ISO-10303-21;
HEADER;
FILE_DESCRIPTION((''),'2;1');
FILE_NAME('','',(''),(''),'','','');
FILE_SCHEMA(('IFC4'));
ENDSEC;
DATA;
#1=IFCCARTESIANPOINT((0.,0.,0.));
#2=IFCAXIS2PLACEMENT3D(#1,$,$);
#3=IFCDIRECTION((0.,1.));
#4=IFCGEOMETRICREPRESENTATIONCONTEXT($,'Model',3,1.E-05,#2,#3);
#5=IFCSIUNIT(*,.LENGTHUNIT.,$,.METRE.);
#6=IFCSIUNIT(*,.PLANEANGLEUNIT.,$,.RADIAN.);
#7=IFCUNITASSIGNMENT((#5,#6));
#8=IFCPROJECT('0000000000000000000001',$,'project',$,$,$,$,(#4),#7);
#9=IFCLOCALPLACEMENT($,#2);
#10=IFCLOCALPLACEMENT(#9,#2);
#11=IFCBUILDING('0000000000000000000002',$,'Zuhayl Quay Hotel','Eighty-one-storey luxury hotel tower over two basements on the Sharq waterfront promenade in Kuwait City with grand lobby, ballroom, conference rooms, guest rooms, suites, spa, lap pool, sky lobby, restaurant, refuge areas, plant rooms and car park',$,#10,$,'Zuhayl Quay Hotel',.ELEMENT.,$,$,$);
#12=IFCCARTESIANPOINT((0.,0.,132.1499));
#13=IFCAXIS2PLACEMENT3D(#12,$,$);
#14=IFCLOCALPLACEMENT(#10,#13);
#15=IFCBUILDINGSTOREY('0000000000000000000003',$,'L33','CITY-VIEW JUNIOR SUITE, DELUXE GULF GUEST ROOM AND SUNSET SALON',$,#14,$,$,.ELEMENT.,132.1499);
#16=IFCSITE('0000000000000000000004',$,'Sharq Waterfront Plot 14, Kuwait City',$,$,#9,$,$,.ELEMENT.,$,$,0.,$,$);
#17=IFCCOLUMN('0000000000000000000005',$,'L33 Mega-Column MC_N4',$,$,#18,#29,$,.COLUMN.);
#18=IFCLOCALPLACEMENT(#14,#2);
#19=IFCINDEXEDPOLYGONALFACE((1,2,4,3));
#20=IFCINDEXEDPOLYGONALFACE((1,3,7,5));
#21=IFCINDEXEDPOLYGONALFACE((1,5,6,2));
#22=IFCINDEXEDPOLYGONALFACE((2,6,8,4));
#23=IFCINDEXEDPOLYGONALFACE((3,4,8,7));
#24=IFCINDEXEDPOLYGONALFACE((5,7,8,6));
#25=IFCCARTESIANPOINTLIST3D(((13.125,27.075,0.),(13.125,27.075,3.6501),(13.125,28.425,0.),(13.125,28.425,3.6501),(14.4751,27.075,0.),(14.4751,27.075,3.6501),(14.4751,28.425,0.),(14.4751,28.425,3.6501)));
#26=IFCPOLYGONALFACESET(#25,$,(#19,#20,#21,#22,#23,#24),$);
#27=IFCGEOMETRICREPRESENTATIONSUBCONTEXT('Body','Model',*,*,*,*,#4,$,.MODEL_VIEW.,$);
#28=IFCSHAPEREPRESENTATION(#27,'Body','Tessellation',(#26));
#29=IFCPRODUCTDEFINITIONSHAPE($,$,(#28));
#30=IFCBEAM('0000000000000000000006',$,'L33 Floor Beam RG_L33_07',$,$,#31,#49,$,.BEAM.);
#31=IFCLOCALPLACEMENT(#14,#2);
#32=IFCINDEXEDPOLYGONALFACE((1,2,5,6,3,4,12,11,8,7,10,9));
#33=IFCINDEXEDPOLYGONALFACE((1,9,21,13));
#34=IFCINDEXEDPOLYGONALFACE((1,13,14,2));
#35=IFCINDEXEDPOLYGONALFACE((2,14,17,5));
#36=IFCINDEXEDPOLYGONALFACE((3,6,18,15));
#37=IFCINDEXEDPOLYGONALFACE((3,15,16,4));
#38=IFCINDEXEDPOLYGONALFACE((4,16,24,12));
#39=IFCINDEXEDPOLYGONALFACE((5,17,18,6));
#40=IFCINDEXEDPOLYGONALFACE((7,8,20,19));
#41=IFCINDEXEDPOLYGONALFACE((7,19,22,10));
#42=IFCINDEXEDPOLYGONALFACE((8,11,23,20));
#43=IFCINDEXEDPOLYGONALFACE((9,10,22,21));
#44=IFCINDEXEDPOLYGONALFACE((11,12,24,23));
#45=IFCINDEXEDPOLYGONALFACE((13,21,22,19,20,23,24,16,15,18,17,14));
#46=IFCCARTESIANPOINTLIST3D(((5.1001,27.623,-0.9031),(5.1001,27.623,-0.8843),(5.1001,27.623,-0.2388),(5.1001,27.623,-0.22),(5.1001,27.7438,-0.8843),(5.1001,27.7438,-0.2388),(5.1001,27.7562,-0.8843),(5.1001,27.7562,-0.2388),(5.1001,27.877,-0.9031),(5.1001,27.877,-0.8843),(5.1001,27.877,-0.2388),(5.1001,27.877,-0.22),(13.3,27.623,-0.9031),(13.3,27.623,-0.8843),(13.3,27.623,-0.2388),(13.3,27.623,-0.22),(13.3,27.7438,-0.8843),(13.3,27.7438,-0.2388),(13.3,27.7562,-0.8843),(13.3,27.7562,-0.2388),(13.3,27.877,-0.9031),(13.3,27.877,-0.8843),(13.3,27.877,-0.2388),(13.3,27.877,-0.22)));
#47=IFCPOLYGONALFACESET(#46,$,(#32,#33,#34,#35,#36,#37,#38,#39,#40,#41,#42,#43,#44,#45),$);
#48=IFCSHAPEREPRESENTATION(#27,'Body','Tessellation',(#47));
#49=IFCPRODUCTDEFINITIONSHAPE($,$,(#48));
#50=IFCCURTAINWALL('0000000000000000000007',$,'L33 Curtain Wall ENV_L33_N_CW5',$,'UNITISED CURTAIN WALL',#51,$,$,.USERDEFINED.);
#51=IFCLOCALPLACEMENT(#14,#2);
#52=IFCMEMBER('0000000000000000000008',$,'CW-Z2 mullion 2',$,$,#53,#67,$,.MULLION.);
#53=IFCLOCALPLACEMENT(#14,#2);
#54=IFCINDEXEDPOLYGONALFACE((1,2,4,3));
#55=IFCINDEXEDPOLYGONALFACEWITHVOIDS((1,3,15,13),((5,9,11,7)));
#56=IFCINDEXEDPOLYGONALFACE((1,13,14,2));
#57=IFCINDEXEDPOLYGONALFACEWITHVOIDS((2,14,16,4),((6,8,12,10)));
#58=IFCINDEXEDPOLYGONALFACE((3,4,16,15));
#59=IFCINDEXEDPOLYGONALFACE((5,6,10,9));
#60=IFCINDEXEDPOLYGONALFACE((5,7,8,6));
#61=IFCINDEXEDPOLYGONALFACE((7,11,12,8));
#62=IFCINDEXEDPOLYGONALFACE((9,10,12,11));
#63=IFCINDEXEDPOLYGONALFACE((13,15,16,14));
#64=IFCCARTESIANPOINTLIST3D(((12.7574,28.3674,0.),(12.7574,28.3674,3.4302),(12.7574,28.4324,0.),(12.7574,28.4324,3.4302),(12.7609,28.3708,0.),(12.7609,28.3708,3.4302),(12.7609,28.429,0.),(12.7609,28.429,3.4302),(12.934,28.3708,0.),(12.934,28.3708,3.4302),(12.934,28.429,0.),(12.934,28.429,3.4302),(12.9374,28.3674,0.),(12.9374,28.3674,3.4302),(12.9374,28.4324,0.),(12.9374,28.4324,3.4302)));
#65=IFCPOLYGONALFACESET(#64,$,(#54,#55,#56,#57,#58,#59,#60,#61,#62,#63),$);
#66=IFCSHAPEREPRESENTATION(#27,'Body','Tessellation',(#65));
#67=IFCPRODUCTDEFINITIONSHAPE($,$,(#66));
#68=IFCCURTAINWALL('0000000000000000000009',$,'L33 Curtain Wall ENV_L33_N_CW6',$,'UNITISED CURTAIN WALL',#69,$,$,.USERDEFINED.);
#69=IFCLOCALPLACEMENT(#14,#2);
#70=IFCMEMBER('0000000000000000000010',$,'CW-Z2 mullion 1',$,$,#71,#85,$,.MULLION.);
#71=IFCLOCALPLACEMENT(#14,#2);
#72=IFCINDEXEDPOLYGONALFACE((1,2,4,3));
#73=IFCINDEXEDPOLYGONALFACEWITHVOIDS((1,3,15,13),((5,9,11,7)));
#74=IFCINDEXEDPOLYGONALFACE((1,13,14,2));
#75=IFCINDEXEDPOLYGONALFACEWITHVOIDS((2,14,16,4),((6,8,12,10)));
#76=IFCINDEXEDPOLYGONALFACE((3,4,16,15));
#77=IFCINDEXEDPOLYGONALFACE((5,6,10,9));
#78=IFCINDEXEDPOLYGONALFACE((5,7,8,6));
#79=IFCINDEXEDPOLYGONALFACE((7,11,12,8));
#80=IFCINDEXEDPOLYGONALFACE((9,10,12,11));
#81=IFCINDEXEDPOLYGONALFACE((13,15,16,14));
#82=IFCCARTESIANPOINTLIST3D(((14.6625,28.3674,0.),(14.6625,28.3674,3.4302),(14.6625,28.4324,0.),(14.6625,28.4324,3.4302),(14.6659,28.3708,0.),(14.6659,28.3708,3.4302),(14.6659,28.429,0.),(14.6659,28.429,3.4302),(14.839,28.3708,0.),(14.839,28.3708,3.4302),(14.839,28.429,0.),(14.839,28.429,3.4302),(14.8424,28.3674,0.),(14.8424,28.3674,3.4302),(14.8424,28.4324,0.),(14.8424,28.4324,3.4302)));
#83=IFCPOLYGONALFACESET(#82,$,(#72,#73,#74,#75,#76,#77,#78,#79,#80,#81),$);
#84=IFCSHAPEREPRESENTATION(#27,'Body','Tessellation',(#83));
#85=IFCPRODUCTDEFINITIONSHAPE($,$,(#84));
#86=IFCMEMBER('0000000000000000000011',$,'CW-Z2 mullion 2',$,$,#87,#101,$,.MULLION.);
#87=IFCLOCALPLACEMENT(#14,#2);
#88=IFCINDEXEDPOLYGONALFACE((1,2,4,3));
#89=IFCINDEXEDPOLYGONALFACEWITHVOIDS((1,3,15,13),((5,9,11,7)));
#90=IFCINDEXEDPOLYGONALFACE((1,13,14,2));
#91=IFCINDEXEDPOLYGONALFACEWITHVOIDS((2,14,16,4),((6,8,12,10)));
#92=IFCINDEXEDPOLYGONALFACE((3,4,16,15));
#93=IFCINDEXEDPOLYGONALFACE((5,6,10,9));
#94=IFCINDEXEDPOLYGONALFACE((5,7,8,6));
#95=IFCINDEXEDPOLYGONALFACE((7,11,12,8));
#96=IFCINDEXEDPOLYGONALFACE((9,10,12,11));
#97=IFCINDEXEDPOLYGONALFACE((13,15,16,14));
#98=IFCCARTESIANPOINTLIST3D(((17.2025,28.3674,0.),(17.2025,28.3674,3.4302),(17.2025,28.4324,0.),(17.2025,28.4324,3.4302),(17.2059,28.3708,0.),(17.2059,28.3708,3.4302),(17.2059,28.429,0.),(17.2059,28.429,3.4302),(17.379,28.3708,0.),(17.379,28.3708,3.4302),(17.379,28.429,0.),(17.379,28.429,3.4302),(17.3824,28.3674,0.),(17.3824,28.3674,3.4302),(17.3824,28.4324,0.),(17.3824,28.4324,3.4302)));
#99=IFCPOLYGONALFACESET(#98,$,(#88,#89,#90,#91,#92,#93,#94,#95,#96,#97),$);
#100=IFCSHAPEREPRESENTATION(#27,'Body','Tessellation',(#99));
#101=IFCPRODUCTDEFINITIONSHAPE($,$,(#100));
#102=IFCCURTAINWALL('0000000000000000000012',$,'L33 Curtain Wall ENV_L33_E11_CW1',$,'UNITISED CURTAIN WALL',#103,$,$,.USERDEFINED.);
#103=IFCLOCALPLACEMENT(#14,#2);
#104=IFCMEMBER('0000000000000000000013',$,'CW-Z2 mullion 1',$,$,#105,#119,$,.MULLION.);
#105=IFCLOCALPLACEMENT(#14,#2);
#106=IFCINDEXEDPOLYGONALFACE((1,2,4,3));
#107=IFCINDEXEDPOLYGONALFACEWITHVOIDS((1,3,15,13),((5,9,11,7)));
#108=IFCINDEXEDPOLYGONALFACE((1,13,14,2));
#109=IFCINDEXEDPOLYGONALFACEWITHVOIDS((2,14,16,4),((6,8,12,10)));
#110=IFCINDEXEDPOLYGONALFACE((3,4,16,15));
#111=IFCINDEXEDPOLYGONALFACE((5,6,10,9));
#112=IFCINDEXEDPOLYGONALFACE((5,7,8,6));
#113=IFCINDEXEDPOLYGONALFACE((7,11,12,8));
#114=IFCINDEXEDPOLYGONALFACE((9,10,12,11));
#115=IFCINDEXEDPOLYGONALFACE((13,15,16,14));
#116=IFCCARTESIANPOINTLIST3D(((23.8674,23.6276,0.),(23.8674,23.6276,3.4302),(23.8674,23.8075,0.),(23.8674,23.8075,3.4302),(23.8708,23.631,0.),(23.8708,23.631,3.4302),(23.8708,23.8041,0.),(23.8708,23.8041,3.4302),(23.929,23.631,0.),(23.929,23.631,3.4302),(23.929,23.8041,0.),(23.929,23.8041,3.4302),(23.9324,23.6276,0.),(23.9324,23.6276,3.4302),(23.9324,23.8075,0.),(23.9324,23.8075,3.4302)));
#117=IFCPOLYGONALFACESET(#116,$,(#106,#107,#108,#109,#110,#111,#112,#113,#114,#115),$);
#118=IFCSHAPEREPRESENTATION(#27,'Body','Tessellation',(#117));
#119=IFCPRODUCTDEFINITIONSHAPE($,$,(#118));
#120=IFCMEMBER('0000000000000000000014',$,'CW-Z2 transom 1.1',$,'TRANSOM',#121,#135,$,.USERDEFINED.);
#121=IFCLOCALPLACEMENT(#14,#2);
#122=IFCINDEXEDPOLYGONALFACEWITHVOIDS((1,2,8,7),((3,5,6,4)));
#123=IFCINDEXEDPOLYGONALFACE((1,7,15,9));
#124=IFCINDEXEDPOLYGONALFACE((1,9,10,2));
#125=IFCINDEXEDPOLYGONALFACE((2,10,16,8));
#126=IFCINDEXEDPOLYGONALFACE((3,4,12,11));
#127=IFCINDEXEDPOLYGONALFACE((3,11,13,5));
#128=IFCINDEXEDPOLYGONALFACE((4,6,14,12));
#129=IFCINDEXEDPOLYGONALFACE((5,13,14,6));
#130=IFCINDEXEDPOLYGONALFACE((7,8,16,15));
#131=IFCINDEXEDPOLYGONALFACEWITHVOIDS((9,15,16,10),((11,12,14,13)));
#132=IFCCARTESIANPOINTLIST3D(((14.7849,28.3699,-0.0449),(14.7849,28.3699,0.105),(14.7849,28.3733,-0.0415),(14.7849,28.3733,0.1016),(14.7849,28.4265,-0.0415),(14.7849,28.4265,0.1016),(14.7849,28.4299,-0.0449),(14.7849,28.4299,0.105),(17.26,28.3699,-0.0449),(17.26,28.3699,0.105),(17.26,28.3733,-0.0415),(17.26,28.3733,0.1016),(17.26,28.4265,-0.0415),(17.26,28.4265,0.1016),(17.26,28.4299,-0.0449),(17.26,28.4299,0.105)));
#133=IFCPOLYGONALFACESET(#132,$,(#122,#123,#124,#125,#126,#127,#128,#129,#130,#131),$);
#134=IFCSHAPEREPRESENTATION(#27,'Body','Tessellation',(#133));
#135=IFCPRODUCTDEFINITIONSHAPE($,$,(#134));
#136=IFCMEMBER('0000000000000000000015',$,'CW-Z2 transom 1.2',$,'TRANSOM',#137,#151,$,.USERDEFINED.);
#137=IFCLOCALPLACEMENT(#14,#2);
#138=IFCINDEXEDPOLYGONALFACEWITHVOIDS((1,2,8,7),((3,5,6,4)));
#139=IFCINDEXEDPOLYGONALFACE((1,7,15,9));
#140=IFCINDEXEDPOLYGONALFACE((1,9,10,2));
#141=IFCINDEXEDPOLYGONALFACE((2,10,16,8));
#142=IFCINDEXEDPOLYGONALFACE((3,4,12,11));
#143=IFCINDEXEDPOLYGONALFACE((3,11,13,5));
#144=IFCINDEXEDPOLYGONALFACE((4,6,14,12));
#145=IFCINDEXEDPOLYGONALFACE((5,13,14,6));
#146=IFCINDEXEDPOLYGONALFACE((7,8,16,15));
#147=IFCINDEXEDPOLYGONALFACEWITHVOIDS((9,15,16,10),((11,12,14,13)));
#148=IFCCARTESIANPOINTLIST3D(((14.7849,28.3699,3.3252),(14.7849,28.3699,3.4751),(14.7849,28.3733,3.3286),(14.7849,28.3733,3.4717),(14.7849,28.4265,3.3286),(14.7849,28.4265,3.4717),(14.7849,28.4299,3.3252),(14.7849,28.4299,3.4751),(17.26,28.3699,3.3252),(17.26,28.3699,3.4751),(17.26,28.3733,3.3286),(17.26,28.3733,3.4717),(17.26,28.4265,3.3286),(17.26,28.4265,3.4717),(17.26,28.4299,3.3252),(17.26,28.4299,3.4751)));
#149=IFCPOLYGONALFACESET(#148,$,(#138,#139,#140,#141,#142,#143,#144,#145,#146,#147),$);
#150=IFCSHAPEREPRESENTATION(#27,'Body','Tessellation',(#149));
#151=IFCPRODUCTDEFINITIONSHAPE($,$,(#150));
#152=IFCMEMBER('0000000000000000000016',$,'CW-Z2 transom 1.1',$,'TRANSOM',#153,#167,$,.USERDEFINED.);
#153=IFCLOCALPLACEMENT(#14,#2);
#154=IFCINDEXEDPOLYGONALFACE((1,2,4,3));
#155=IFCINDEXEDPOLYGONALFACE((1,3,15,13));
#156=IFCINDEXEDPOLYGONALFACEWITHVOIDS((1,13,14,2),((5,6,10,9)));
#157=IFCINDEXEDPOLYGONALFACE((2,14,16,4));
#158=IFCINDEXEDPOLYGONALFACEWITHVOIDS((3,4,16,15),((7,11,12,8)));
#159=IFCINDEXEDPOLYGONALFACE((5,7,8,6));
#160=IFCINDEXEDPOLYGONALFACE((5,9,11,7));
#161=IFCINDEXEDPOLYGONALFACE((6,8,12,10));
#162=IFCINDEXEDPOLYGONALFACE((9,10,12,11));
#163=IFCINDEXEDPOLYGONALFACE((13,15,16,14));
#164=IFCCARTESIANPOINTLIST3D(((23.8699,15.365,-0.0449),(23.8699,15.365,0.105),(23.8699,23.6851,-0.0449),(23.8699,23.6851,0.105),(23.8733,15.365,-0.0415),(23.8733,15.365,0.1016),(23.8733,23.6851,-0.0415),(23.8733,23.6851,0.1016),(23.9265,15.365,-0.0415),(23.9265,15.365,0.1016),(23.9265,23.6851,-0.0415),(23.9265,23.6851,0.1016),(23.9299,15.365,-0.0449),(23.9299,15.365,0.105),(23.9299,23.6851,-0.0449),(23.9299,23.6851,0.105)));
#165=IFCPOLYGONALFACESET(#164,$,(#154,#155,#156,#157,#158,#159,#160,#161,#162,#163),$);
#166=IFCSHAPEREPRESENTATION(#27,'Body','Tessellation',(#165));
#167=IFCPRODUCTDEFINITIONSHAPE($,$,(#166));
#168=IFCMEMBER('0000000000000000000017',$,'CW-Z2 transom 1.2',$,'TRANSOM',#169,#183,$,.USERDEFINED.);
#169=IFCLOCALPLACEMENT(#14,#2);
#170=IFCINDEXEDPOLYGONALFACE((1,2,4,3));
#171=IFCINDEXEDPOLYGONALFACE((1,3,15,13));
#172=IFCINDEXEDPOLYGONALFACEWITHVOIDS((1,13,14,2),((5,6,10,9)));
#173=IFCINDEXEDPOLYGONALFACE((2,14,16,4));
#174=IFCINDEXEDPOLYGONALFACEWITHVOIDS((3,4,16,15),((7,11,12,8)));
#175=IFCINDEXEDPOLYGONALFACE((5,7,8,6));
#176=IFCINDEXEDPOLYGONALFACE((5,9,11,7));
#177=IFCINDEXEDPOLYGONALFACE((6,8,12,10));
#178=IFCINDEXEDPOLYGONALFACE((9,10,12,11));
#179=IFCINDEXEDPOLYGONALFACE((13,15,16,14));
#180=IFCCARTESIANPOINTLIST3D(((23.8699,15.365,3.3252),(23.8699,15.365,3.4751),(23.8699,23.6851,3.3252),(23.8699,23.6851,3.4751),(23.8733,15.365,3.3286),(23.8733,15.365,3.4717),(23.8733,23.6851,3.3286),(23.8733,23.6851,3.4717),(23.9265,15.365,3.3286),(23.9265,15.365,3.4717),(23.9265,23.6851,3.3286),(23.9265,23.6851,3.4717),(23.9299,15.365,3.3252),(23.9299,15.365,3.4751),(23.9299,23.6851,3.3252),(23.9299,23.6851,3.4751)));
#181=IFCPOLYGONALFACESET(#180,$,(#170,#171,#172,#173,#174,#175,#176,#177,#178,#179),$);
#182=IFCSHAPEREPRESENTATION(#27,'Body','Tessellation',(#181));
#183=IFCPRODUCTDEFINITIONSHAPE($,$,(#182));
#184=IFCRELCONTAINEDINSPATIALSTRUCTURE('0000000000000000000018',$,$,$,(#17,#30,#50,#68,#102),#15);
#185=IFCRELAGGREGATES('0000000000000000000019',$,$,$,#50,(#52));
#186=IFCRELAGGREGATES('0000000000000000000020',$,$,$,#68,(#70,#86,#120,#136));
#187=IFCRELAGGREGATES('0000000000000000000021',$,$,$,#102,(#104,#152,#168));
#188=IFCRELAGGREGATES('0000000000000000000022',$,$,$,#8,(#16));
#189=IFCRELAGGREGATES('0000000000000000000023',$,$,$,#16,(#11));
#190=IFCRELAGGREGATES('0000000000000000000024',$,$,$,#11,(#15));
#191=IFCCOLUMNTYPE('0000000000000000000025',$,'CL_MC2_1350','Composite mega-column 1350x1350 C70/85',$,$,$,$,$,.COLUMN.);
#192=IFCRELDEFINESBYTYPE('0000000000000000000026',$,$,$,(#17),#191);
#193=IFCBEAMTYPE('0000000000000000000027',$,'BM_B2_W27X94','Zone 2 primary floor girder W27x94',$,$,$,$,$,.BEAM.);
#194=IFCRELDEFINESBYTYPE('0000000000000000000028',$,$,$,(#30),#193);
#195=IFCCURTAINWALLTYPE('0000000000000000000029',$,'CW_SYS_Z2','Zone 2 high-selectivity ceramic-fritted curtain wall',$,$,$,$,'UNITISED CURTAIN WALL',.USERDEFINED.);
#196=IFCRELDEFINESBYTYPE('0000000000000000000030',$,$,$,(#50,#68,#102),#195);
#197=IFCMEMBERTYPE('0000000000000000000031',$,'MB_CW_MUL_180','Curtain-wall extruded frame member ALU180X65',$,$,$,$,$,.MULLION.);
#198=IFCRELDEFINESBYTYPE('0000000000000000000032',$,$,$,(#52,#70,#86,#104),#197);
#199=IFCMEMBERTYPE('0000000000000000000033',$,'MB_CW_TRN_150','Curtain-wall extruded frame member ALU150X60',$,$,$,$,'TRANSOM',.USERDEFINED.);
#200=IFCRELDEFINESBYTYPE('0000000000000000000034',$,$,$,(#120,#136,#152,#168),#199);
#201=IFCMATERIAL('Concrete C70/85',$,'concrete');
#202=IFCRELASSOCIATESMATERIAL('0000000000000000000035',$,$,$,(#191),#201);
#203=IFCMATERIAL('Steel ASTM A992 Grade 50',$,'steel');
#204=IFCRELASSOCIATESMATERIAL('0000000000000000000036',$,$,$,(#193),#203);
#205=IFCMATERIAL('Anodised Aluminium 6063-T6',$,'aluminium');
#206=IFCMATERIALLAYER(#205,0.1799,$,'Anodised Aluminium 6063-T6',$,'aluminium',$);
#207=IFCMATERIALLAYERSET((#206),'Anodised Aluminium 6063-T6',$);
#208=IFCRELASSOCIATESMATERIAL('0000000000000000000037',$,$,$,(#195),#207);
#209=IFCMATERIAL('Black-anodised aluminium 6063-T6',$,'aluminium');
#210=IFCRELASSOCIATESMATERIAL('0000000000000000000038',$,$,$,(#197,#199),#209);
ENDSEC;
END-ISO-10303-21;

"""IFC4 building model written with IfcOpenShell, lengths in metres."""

from ifc_helpers import new_model, si_unit, direction, frame, origin, origin_2d, place, context, subcontext, project, spatial, rectangle, hollow_rectangle, i_section, extrude, material, layer, layer_set, material_profile, profile_set, type_object, element, aggregate, save


model = new_model("IFC4")

# Units and contexts
model_context = context("Model", 3, precision=1e-05, world=origin(), true_north=direction((0.0, 1.0)))
body_context = subcontext(model_context, "Body", "Model", "MODEL_VIEW")
ifc_project = project(units=[si_unit("LENGTHUNIT", "METRE"), si_unit("PLANEANGLEUNIT", "RADIAN")], contexts=[model_context])

# Site, building, storey
site_placement = place(None, origin())
site = spatial("IfcSite", under=ifc_project, at=site_placement, Name="Sharq Waterfront Plot 14, Kuwait City", CompositionType="ELEMENT", RefElevation=0.0)
building_placement = place(site_placement, origin())
building = spatial("IfcBuilding", under=site, at=building_placement, Name="Zuhayl Quay Hotel", Description="Eighty-one-storey luxury hotel tower over two basements on the Sharq waterfront promenade in Kuwait City with grand lobby, ballroom, conference rooms, guest rooms, suites, spa, lap pool, sky lobby, restaurant, refuge areas, plant rooms and car park", LongName="Zuhayl Quay Hotel", CompositionType="ELEMENT")
storey_placement = place(building_placement, frame((0.0, 0.0, 132.1499)))
storey = spatial("IfcBuildingStorey", under=building, at=storey_placement, Name="L33", Description="CITY-VIEW JUNIOR SUITE, DELUXE GULF GUEST ROOM AND SUNSET SALON", CompositionType="ELEMENT", Elevation=132.1499)

# Column
ifc_material_1 = material(Name="Concrete C70/85", Category="concrete")
ifc_material_profile_1 = material_profile(ifc_material_1, rectangle(XDim=1.3501, YDim=1.3501, at=origin_2d()), Name="RC1350X1350")
ifc_profile_set_1 = profile_set([ifc_material_profile_1], Name="Concrete C70/85")
column_type = type_object("IfcColumnType", Name="CL_MC2_1350", Description="Composite mega-column 1350x1350 C70/85", PredefinedType="COLUMN", material=ifc_profile_set_1)
column_placement = place(storey_placement, frame((13.8, 27.75, 0.0), z_axis=(0.0, 0.0, 1.0), x_axis=(1.0, 0.0, 0.0)))
element("IfcColumn", 1, at=column_placement, inside=storey, type_object=column_type, Name="L33 Mega-Column MC_N4", PredefinedType="COLUMN", context=body_context, shape_type="SweptSolid", body=[
    extrude(rectangle(XDim=1.3501, YDim=1.3501, at=origin_2d()), origin(), (0.0, 0.0, 1.0), 3.6501),
])

# Beam
ifc_material_2 = material(Name="Steel ASTM A992 Grade 50", Category="steel")
ifc_material_profile_2 = material_profile(ifc_material_2, i_section(OverallWidth=0.2539, OverallDepth=0.6831, WebThickness=0.0125, FlangeThickness=0.0188, at=origin_2d()), Name="W27X94")
ifc_profile_set_2 = profile_set([ifc_material_profile_2], Name="Steel ASTM A992 Grade 50")
beam_type = type_object("IfcBeamType", Name="BM_B2_W27X94", Description="Zone 2 primary floor girder W27x94", PredefinedType="BEAM", material=ifc_profile_set_2)
beam_placement = place(storey_placement, frame((13.3, 27.75, -0.5615), z_axis=(-1.0, 0.0, 0.0), x_axis=(0.0, -1.0, 0.0)))
element("IfcBeam", 2, at=beam_placement, inside=storey, type_object=beam_type, Name="L33 Floor Beam RG_L33_07", PredefinedType="BEAM", context=body_context, shape_type="SweptSolid", body=[
    extrude(i_section(OverallWidth=0.2539, OverallDepth=0.6831, WebThickness=0.0125, FlangeThickness=0.0188, at=origin_2d()), origin(), (0.0, 0.0, 1.0), 8.2),
])

# Curtain wall, member
ifc_material_3 = material(Name="Anodised Aluminium 6063-T6", Category="aluminium")
ifc_layer_1 = layer(ifc_material_3, 0.1799, Name="Anodised Aluminium 6063-T6", Category="aluminium")
ifc_layer_set_1 = layer_set([ifc_layer_1], Name="Anodised Aluminium 6063-T6")
curtain_wall_type = type_object("IfcCurtainWallType", Name="CW_SYS_Z2", Description="Zone 2 high-selectivity ceramic-fritted curtain wall", ElementType="UNITISED CURTAIN WALL", PredefinedType="USERDEFINED", material=ifc_layer_set_1)
curtain_wall_1_placement = place(storey_placement, origin())
curtain_wall_1 = element("IfcCurtainWall", 3, at=curtain_wall_1_placement, inside=storey, type_object=curtain_wall_type, Name="L33 Curtain Wall ENV_L33_N_CW5", ObjectType="UNITISED CURTAIN WALL", PredefinedType="USERDEFINED")
ifc_material_4 = material(Name="Black-anodised aluminium 6063-T6", Category="aluminium")
ifc_material_profile_3 = material_profile(ifc_material_4, hollow_rectangle(XDim=0.0649, YDim=0.1799, WallThickness=0.0034, at=origin_2d()), Name="ALU180X65")
ifc_profile_set_3 = profile_set([ifc_material_profile_3], Name="Black-anodised aluminium 6063-T6")
member_type_1 = type_object("IfcMemberType", Name="MB_CW_MUL_180", Description="Curtain-wall extruded frame member ALU180X65", PredefinedType="MULLION", material=ifc_profile_set_3)
member_1_placement = place(storey_placement, frame((12.8474, 28.3999, 0.0), z_axis=(0.0, 0.0, 1.0), x_axis=(0.0, 1.0, 0.0)))
member_1 = element("IfcMember", 4, at=member_1_placement, type_object=member_type_1, Name="CW-Z2 mullion 2", PredefinedType="MULLION", context=body_context, shape_type="SweptSolid", body=[
    extrude(hollow_rectangle(XDim=0.0649, YDim=0.1799, WallThickness=0.0034, at=origin_2d()), origin(), (0.0, 0.0, 1.0), 3.4302),
])
aggregate(curtain_wall_1, [member_1])

# Curtain wall, members
curtain_wall_2_placement = place(storey_placement, origin())
curtain_wall_2 = element("IfcCurtainWall", 5, at=curtain_wall_2_placement, inside=storey, type_object=curtain_wall_type, Name="L33 Curtain Wall ENV_L33_N_CW6", ObjectType="UNITISED CURTAIN WALL", PredefinedType="USERDEFINED")
member_2_placement = place(storey_placement, frame((14.7524, 28.3999, 0.0), z_axis=(0.0, 0.0, 1.0), x_axis=(0.0, 1.0, 0.0)))
member_2 = element("IfcMember", 6, at=member_2_placement, type_object=member_type_1, Name="CW-Z2 mullion 1", PredefinedType="MULLION", context=body_context, shape_type="SweptSolid", body=[
    extrude(hollow_rectangle(XDim=0.0649, YDim=0.1799, WallThickness=0.0034, at=origin_2d()), origin(), (0.0, 0.0, 1.0), 3.4302),
])
member_3_placement = place(storey_placement, frame((17.2925, 28.3999, 0.0), z_axis=(0.0, 0.0, 1.0), x_axis=(0.0, 1.0, 0.0)))
member_3 = element("IfcMember", 7, at=member_3_placement, type_object=member_type_1, Name="CW-Z2 mullion 2", PredefinedType="MULLION", context=body_context, shape_type="SweptSolid", body=[
    extrude(hollow_rectangle(XDim=0.0649, YDim=0.1799, WallThickness=0.0034, at=origin_2d()), origin(), (0.0, 0.0, 1.0), 3.4302),
])

# Curtain wall, member
curtain_wall_3_placement = place(storey_placement, origin())
curtain_wall_3 = element("IfcCurtainWall", 8, at=curtain_wall_3_placement, inside=storey, type_object=curtain_wall_type, Name="L33 Curtain Wall ENV_L33_E11_CW1", ObjectType="UNITISED CURTAIN WALL", PredefinedType="USERDEFINED")
member_4_placement = place(storey_placement, frame((23.8999, 23.7175, 0.0), z_axis=(0.0, 0.0, 1.0), x_axis=(1.0, 0.0, 0.0)))
member_4 = element("IfcMember", 9, at=member_4_placement, type_object=member_type_1, Name="CW-Z2 mullion 1", PredefinedType="MULLION", context=body_context, shape_type="SweptSolid", body=[
    extrude(hollow_rectangle(XDim=0.0649, YDim=0.1799, WallThickness=0.0034, at=origin_2d()), origin(), (0.0, 0.0, 1.0), 3.4302),
])

# Members
ifc_material_profile_4 = material_profile(ifc_material_4, hollow_rectangle(XDim=0.0601, YDim=0.1499, WallThickness=0.0034, at=origin_2d()), Name="ALU150X60")
ifc_profile_set_4 = profile_set([ifc_material_profile_4], Name="Black-anodised aluminium 6063-T6")
member_type_2 = type_object("IfcMemberType", Name="MB_CW_TRN_150", Description="Curtain-wall extruded frame member ALU150X60", ElementType="TRANSOM", PredefinedType="USERDEFINED", material=ifc_profile_set_4)
member_5_placement = place(storey_placement, frame((14.7849, 28.3999, 0.03), z_axis=(1.0, 0.0, 0.0), x_axis=(0.0, 1.0, 0.0)))
member_5 = element("IfcMember", 10, at=member_5_placement, type_object=member_type_2, Name="CW-Z2 transom 1.1", ObjectType="TRANSOM", PredefinedType="USERDEFINED", context=body_context, shape_type="SweptSolid", body=[
    extrude(hollow_rectangle(XDim=0.0601, YDim=0.1499, WallThickness=0.0034, at=origin_2d()), origin(), (0.0, 0.0, 1.0), 2.4751),
])
member_6_placement = place(storey_placement, frame((14.7849, 28.3999, 3.4001), z_axis=(1.0, 0.0, 0.0), x_axis=(0.0, 1.0, 0.0)))
member_6 = element("IfcMember", 11, at=member_6_placement, type_object=member_type_2, Name="CW-Z2 transom 1.2", ObjectType="TRANSOM", PredefinedType="USERDEFINED", context=body_context, shape_type="SweptSolid", body=[
    extrude(hollow_rectangle(XDim=0.0601, YDim=0.1499, WallThickness=0.0034, at=origin_2d()), origin(), (0.0, 0.0, 1.0), 2.4751),
])
member_7_placement = place(storey_placement, frame((23.8999, 23.6851, 0.03), z_axis=(0.0, -1.0, 0.0), x_axis=(1.0, 0.0, 0.0)))
member_7 = element("IfcMember", 12, at=member_7_placement, type_object=member_type_2, Name="CW-Z2 transom 1.1", ObjectType="TRANSOM", PredefinedType="USERDEFINED", context=body_context, shape_type="SweptSolid", body=[
    extrude(hollow_rectangle(XDim=0.0601, YDim=0.1499, WallThickness=0.0034, at=origin_2d()), origin(), (0.0, 0.0, 1.0), 8.3201),
])
member_8_placement = place(storey_placement, frame((23.8999, 23.6851, 3.4001), z_axis=(0.0, -1.0, 0.0), x_axis=(1.0, 0.0, 0.0)))
member_8 = element("IfcMember", 13, at=member_8_placement, type_object=member_type_2, Name="CW-Z2 transom 1.2", ObjectType="TRANSOM", PredefinedType="USERDEFINED", context=body_context, shape_type="SweptSolid", body=[
    extrude(hollow_rectangle(XDim=0.0601, YDim=0.1499, WallThickness=0.0034, at=origin_2d()), origin(), (0.0, 0.0, 1.0), 8.3201),
])

aggregate(curtain_wall_2, [member_2, member_3, member_5, member_6])
aggregate(curtain_wall_3, [member_4, member_7, member_8])

save(model, "model.ifc")
